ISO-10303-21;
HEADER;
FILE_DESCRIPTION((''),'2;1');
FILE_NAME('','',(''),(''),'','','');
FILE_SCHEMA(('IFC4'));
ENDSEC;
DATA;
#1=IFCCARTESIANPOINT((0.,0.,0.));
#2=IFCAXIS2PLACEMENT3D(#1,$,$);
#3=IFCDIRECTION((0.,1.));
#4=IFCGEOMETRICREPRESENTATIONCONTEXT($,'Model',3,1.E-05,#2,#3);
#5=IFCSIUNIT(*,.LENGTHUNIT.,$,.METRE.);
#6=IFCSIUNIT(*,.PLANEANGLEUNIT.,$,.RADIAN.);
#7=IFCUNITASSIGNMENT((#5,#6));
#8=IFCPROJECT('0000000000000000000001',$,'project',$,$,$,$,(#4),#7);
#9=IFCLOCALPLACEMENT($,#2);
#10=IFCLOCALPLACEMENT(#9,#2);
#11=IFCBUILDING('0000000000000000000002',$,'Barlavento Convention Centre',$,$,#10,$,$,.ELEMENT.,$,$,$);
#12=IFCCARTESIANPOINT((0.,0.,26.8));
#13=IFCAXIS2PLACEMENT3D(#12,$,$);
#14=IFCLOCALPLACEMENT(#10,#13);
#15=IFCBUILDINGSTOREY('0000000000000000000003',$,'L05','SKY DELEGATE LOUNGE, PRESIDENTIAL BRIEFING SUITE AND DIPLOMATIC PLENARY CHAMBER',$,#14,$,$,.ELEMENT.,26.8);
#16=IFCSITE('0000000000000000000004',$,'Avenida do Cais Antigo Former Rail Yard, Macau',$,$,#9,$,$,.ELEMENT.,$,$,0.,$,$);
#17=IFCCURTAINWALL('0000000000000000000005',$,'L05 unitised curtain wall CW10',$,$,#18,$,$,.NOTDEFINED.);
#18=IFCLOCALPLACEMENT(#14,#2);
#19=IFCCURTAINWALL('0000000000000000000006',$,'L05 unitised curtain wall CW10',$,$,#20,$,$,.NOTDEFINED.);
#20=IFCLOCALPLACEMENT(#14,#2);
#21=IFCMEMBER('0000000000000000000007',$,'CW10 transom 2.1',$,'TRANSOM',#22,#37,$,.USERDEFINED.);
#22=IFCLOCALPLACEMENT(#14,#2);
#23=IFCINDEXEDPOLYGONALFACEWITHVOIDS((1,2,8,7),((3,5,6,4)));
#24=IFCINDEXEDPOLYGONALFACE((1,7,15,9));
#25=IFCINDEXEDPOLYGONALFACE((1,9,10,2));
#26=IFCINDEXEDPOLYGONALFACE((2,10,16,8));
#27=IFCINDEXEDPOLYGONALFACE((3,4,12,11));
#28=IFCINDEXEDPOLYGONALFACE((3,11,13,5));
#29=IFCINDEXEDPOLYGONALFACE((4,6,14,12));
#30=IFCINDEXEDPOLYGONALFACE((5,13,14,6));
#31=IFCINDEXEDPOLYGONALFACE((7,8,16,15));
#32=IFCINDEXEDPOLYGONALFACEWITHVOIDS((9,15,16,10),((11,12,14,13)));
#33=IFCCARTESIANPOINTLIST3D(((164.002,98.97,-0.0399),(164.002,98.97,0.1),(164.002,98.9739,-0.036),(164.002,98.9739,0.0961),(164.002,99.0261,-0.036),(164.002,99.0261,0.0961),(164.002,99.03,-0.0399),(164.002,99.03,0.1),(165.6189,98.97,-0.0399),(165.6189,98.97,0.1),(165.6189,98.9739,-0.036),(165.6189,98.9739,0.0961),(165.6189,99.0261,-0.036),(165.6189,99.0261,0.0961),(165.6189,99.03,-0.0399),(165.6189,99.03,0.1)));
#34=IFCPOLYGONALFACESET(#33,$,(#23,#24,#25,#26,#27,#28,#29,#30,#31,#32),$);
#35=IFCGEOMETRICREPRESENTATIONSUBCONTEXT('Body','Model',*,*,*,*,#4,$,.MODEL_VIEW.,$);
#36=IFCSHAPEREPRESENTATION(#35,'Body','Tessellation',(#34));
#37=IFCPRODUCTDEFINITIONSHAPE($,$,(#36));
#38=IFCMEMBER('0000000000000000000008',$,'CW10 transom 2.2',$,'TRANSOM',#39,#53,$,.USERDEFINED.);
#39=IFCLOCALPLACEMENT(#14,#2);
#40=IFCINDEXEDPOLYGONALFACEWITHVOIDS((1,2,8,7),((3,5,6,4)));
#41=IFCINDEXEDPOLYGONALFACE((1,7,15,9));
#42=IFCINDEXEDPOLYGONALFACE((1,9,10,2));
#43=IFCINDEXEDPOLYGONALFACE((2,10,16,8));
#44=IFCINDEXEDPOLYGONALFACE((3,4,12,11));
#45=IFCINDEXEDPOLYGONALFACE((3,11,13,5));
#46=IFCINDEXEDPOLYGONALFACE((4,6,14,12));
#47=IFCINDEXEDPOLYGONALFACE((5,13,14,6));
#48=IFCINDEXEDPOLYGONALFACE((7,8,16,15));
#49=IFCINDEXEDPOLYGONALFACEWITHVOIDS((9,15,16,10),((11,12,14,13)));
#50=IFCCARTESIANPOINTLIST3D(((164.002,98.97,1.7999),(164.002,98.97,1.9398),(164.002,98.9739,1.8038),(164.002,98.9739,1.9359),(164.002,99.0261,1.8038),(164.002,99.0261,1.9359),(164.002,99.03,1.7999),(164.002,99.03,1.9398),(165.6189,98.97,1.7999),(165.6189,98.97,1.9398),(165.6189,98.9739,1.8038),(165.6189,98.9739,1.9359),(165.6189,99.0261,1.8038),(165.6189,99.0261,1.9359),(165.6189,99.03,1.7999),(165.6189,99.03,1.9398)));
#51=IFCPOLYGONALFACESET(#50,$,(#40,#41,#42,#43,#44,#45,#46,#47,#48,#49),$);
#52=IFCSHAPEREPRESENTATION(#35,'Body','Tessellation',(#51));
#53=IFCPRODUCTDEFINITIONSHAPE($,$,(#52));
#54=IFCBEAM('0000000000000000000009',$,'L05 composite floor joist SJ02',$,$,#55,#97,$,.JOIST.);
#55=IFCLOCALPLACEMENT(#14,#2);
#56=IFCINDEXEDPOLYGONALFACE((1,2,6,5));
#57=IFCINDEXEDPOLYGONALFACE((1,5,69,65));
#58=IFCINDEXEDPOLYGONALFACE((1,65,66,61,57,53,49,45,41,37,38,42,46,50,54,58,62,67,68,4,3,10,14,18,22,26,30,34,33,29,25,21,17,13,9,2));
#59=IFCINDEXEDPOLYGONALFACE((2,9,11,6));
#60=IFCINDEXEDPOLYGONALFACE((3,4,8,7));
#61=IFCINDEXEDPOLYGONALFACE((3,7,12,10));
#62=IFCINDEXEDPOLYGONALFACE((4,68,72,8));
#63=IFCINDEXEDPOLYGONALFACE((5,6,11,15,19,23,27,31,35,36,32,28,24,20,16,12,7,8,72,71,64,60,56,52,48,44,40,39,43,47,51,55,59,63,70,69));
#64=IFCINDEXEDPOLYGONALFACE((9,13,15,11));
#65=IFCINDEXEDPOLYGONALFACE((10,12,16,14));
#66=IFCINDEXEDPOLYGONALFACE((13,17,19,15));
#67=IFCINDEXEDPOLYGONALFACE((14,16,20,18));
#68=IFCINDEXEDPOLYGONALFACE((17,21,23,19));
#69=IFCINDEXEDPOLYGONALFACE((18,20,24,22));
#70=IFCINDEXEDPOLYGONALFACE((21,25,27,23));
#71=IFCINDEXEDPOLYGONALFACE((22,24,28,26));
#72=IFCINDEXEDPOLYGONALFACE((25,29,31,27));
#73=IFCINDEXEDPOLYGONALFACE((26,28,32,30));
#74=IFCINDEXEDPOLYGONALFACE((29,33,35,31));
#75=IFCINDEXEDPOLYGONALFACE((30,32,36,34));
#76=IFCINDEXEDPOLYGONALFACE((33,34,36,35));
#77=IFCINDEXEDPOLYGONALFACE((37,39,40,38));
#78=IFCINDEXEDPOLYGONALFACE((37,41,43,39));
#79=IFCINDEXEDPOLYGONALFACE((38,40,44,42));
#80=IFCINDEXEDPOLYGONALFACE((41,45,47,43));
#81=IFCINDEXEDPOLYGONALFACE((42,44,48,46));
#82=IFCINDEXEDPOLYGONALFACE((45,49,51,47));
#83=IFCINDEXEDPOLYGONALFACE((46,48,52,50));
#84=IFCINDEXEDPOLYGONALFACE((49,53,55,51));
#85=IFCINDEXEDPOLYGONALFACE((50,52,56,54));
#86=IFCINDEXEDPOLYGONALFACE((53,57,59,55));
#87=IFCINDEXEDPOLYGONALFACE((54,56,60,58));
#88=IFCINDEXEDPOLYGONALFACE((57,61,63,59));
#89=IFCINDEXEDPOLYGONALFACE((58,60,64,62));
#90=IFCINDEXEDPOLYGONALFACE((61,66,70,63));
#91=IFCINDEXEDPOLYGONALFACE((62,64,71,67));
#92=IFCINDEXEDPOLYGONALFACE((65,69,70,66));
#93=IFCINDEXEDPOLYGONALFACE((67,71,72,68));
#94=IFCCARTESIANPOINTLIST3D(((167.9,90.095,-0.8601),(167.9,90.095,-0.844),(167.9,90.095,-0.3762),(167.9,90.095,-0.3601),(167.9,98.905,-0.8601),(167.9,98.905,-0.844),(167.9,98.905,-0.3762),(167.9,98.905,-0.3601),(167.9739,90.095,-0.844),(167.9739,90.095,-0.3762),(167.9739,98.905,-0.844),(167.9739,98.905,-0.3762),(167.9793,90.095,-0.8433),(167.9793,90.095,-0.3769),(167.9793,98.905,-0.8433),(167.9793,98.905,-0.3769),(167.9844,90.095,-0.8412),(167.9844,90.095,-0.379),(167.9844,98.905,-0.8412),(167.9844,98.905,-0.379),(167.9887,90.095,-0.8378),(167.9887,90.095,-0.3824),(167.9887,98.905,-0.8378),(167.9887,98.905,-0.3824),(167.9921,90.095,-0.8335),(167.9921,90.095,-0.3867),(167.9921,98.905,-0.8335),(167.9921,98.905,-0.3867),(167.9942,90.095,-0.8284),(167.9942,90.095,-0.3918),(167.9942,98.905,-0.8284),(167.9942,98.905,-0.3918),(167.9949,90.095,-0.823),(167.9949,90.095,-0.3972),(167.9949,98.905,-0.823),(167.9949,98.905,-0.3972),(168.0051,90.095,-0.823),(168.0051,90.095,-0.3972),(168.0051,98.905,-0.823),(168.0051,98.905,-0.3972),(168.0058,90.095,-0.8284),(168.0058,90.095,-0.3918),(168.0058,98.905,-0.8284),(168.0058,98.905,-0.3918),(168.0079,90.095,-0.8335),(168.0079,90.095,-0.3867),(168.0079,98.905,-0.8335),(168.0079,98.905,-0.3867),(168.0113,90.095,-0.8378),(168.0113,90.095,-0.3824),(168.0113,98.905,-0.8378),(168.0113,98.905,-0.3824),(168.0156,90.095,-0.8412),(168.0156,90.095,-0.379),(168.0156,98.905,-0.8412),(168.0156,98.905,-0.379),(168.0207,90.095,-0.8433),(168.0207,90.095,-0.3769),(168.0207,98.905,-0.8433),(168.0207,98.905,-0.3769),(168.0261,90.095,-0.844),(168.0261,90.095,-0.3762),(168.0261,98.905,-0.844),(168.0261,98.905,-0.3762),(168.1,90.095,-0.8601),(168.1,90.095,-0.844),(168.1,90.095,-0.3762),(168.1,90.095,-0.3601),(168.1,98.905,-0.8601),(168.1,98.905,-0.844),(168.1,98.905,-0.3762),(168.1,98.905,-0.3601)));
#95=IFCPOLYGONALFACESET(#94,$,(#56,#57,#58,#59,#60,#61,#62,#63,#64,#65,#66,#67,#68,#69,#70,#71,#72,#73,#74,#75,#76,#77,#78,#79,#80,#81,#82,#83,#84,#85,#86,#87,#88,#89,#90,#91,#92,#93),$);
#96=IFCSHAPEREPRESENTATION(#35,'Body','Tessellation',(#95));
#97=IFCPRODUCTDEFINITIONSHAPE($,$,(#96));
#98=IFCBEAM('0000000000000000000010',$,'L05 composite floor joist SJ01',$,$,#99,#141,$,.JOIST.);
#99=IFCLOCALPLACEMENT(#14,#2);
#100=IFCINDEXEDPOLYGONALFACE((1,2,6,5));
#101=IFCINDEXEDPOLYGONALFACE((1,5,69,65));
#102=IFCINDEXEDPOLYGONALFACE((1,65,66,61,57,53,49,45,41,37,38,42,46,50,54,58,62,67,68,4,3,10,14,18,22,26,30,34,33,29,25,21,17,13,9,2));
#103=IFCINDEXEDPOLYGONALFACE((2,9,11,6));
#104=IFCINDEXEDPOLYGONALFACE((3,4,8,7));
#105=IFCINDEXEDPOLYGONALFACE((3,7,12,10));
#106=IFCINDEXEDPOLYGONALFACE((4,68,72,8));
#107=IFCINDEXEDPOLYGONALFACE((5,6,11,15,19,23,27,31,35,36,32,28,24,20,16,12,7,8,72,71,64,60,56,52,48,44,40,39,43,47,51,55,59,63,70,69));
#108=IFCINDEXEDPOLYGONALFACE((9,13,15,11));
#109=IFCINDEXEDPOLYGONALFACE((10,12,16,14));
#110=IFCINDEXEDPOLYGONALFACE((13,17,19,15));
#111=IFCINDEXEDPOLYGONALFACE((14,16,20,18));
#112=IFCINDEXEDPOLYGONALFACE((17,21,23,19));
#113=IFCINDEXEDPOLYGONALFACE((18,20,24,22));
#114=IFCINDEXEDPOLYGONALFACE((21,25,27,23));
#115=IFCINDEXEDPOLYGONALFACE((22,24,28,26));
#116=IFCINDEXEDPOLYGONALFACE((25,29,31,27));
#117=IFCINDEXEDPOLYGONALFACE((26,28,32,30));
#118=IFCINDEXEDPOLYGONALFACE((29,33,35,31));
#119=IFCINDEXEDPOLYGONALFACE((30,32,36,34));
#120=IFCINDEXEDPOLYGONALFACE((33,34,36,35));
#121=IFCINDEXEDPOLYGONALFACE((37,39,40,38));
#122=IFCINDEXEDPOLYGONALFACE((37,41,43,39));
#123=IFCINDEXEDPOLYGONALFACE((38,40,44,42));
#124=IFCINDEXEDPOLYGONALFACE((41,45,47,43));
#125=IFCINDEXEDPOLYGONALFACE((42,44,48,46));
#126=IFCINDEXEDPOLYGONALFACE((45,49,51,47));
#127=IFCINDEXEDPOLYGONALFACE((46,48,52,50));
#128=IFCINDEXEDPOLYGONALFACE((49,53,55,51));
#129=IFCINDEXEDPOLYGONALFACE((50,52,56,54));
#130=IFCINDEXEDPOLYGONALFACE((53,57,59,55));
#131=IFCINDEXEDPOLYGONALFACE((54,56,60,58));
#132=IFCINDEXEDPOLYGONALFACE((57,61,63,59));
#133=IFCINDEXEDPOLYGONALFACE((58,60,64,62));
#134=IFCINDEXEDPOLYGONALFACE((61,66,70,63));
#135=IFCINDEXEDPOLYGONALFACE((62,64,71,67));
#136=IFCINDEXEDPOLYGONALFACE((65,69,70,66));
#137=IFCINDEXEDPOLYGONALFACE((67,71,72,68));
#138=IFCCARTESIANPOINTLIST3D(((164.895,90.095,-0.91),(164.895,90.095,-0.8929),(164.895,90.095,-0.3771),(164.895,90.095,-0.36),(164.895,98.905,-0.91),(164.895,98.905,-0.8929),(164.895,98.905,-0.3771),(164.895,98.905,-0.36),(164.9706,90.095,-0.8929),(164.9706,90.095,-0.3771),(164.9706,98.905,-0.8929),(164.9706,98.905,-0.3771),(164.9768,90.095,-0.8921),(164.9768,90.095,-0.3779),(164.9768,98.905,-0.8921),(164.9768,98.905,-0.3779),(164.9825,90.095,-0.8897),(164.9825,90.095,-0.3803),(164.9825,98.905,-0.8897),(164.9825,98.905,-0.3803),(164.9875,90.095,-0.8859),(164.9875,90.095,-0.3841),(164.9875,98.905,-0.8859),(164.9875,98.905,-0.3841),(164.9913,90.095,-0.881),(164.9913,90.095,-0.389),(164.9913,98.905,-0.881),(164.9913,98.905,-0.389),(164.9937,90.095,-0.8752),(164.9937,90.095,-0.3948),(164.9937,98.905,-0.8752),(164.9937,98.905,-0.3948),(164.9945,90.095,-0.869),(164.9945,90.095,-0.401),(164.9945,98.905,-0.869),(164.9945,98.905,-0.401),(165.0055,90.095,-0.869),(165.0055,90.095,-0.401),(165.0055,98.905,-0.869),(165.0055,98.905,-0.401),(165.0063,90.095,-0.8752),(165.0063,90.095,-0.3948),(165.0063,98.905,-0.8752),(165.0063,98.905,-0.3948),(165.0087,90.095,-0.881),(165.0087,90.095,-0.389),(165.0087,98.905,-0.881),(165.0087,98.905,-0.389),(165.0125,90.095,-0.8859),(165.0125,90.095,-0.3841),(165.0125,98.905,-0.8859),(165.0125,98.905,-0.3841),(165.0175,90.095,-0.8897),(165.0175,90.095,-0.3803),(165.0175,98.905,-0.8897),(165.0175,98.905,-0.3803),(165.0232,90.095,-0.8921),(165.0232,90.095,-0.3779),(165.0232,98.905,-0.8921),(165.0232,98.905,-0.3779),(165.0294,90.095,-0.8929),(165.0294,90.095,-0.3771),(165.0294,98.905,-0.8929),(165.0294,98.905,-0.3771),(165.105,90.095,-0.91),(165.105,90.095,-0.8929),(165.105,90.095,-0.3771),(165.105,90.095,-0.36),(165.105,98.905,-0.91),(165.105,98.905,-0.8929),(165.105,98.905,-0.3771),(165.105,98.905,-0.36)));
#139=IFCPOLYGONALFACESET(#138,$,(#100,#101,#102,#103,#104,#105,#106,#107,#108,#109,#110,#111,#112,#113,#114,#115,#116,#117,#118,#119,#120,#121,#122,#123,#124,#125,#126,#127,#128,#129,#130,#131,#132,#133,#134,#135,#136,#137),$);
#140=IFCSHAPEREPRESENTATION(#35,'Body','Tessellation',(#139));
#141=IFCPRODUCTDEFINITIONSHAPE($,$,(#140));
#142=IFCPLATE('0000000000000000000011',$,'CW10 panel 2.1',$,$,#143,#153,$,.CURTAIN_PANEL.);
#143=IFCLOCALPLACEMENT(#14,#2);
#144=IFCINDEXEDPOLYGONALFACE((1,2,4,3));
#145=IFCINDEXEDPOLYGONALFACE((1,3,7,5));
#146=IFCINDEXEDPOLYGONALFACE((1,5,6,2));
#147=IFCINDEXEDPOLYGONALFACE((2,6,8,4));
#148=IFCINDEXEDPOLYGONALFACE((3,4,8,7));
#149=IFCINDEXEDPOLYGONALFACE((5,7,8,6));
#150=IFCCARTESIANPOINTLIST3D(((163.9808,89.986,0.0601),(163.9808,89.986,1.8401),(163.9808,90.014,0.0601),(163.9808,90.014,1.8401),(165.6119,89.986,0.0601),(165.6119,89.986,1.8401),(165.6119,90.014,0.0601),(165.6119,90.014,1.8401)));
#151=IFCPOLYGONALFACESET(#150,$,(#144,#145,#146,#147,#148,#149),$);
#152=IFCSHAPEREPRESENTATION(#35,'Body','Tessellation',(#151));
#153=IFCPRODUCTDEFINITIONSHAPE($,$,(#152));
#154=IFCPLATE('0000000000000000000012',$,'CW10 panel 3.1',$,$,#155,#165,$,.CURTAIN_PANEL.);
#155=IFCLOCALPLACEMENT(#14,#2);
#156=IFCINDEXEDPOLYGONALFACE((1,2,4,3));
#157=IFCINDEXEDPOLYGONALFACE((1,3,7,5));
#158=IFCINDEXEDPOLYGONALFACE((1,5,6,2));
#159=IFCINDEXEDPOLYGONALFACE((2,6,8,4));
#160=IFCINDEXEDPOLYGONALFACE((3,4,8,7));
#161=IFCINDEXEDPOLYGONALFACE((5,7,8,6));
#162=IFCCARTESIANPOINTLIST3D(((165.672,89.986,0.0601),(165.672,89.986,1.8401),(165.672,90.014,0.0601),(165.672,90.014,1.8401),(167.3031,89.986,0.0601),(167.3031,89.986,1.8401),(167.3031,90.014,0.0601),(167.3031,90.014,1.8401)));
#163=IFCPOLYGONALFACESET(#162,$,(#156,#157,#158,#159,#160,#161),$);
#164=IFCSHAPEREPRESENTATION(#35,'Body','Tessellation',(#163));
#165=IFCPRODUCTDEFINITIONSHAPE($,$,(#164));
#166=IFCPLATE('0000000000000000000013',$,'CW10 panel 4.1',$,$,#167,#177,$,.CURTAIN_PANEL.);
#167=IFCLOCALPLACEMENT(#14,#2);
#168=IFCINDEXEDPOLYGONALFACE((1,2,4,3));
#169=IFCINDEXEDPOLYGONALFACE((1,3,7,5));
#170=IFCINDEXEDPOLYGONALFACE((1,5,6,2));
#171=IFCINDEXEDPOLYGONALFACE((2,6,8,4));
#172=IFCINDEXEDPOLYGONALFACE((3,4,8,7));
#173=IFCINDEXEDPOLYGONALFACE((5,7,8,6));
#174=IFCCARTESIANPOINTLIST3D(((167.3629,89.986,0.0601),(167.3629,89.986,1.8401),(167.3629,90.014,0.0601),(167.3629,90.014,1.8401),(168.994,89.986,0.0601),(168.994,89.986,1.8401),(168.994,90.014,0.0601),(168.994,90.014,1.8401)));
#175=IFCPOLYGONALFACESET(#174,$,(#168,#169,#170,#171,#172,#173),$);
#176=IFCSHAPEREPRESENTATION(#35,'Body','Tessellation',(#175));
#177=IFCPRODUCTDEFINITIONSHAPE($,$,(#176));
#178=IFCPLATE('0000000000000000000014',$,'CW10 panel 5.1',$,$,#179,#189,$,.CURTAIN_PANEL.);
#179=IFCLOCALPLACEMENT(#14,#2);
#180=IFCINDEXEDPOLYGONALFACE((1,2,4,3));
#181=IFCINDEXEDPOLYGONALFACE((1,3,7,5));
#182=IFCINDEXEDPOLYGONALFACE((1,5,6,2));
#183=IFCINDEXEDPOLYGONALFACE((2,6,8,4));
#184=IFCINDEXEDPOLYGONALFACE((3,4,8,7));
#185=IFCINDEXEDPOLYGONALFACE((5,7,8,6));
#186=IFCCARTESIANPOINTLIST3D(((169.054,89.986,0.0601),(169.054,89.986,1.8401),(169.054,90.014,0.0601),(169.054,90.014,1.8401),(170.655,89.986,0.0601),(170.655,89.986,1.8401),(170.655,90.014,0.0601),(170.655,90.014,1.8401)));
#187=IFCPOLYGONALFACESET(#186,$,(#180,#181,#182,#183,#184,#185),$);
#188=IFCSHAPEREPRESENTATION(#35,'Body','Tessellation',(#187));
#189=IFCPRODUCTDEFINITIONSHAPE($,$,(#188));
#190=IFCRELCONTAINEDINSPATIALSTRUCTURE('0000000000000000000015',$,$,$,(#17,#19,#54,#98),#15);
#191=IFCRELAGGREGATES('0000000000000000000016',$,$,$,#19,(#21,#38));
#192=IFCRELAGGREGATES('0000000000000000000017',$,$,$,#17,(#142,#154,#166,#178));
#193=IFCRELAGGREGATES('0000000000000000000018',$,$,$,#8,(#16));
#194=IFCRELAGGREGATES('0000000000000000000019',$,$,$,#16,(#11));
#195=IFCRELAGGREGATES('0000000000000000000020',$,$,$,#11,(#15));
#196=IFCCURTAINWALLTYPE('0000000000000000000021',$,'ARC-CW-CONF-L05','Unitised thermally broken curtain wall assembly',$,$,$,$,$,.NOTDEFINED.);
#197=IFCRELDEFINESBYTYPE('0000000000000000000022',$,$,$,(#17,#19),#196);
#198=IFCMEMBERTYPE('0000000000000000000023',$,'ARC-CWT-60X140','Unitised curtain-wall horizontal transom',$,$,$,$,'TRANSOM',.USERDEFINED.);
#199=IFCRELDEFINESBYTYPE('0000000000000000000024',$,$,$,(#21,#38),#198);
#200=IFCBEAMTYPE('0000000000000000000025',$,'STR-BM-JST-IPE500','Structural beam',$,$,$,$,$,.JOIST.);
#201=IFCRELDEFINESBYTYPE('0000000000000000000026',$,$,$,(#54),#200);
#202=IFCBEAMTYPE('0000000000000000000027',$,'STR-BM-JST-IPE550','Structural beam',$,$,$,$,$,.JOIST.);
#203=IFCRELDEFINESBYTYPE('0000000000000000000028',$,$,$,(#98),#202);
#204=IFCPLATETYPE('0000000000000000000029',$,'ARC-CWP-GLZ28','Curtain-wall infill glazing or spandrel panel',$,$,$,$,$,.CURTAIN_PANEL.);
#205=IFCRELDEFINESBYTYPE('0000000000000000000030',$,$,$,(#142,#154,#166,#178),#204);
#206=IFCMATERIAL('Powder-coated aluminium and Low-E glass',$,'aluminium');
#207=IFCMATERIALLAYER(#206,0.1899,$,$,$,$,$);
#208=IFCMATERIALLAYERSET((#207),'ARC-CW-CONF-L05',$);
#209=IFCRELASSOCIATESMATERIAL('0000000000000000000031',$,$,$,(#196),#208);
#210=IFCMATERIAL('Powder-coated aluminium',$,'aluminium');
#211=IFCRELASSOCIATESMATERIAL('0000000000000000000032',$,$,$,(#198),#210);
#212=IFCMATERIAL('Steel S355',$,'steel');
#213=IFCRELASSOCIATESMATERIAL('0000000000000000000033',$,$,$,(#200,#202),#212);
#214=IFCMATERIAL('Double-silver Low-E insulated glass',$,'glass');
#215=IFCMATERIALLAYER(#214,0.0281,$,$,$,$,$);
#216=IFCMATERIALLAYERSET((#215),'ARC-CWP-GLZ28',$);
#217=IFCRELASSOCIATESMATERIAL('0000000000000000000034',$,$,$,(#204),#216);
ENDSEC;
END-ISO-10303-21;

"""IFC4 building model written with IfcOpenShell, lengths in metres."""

from ifc_helpers import new_model, si_unit, direction, frame, origin, origin_2d, place, context, subcontext, project, spatial, rectangle, hollow_rectangle, i_section, extrude, material, layer, layer_set, material_profile, profile_set, type_object, element, aggregate, save


model = new_model("IFC4")

# Units and contexts
model_context = context("Model", 3, precision=1e-05, world=origin(), true_north=direction((0.0, 1.0)))
body_context = subcontext(model_context, "Body", "Model", "MODEL_VIEW")
ifc_project = project(units=[si_unit("LENGTHUNIT", "METRE"), si_unit("PLANEANGLEUNIT", "RADIAN")], contexts=[model_context])

# Site, building, storey
site_placement = place(None, origin())
site = spatial("IfcSite", under=ifc_project, at=site_placement, Name="Avenida do Cais Antigo Former Rail Yard, Macau", CompositionType="ELEMENT", RefElevation=0.0)
building_placement = place(site_placement, origin())
building = spatial("IfcBuilding", under=site, at=building_placement, Name="Barlavento Convention Centre", CompositionType="ELEMENT")
storey_placement = place(building_placement, frame((0.0, 0.0, 26.8)))
storey = spatial("IfcBuildingStorey", under=building, at=storey_placement, Name="L05", Description="SKY DELEGATE LOUNGE, PRESIDENTIAL BRIEFING SUITE AND DIPLOMATIC PLENARY CHAMBER", CompositionType="ELEMENT", Elevation=26.8)

# Curtain walls, members
ifc_material_1 = material(Name="Powder-coated aluminium and Low-E glass", Category="aluminium")
ifc_layer_1 = layer(ifc_material_1, 0.1899)
ifc_layer_set_1 = layer_set([ifc_layer_1], Name="ARC-CW-CONF-L05")
curtain_wall_type = type_object("IfcCurtainWallType", Name="ARC-CW-CONF-L05", Description="Unitised thermally broken curtain wall assembly", PredefinedType="NOTDEFINED", material=ifc_layer_set_1)
curtain_wall_1_placement = place(storey_placement, origin())
curtain_wall_1 = element("IfcCurtainWall", 1, at=curtain_wall_1_placement, inside=storey, type_object=curtain_wall_type, Name="L05 unitised curtain wall CW10", PredefinedType="NOTDEFINED")
ifc_material_2 = material(Name="Powder-coated aluminium", Category="aluminium")
curtain_wall_2_placement = place(storey_placement, origin())
curtain_wall_2 = element("IfcCurtainWall", 2, at=curtain_wall_2_placement, inside=storey, type_object=curtain_wall_type, Name="L05 unitised curtain wall CW10", PredefinedType="NOTDEFINED")
ifc_material_profile_1 = material_profile(ifc_material_2, hollow_rectangle(XDim=0.0601, YDim=0.1399, WallThickness=0.0039, at=origin_2d()), Name="AL-TRAN 60x140x4")
ifc_profile_set_1 = profile_set([ifc_material_profile_1], Name="Powder-coated aluminium")
member_type_1 = type_object("IfcMemberType", Name="ARC-CWT-60X140", Description="Unitised curtain-wall horizontal transom", ElementType="TRANSOM", PredefinedType="USERDEFINED", material=ifc_profile_set_1)
member_1_placement = place(storey_placement, frame((164.002, 99.0, 0.03), z_axis=(1.0, 0.0, 0.0), x_axis=(0.0, 1.0, 0.0)))
member_1 = element("IfcMember", 3, at=member_1_placement, type_object=member_type_1, Name="CW10 transom 2.1", ObjectType="TRANSOM", PredefinedType="USERDEFINED", context=body_context, shape_type="SweptSolid", body=[
    extrude(hollow_rectangle(XDim=0.0601, YDim=0.1399, WallThickness=0.0039, at=origin_2d()), origin(), (0.0, 0.0, 1.0), 1.6169),
])
member_2_placement = place(storey_placement, frame((164.002, 99.0, 1.8699), z_axis=(1.0, 0.0, 0.0), x_axis=(0.0, 1.0, 0.0)))
member_2 = element("IfcMember", 4, at=member_2_placement, type_object=member_type_1, Name="CW10 transom 2.2", ObjectType="TRANSOM", PredefinedType="USERDEFINED", context=body_context, shape_type="SweptSolid", body=[
    extrude(hollow_rectangle(XDim=0.0601, YDim=0.1399, WallThickness=0.0039, at=origin_2d()), origin(), (0.0, 0.0, 1.0), 1.6169),
])
aggregate(curtain_wall_2, [member_1, member_2])

# Beams
ifc_material_3 = material(Name="Steel S355", Category="steel")
ifc_material_profile_2 = material_profile(ifc_material_3, i_section(OverallWidth=0.2, OverallDepth=0.5, WebThickness=0.0103, FlangeThickness=0.0161, FilletRadius=0.021, at=origin_2d()), Name="IPE 500")
ifc_profile_set_2 = profile_set([ifc_material_profile_2], Name="Steel S355")
beam_type_1 = type_object("IfcBeamType", Name="STR-BM-JST-IPE500", Description="Structural beam", PredefinedType="JOIST", material=ifc_profile_set_2)
beam_1_placement = place(storey_placement, frame((168.0, 90.095, -0.6101), z_axis=(0.0, 1.0, 0.0), x_axis=(-1.0, 0.0, 0.0)))
element("IfcBeam", 5, at=beam_1_placement, inside=storey, type_object=beam_type_1, Name="L05 composite floor joist SJ02", PredefinedType="JOIST", context=body_context, shape_type="SweptSolid", body=[
    extrude(i_section(OverallWidth=0.2, OverallDepth=0.5, WebThickness=0.0103, FlangeThickness=0.0161, FilletRadius=0.021, at=origin_2d()), origin(), (0.0, 0.0, 1.0), 8.8101),
])
ifc_material_profile_3 = material_profile(ifc_material_3, i_section(OverallWidth=0.21, OverallDepth=0.55, WebThickness=0.011, FlangeThickness=0.0171, FilletRadius=0.0239, at=origin_2d()), Name="IPE 550")
ifc_profile_set_3 = profile_set([ifc_material_profile_3], Name="Steel S355")
beam_type_2 = type_object("IfcBeamType", Name="STR-BM-JST-IPE550", Description="Structural beam", PredefinedType="JOIST", material=ifc_profile_set_3)
beam_2_placement = place(storey_placement, frame((165.0, 90.095, -0.635), z_axis=(0.0, 1.0, 0.0), x_axis=(-1.0, 0.0, 0.0)))
element("IfcBeam", 6, at=beam_2_placement, inside=storey, type_object=beam_type_2, Name="L05 composite floor joist SJ01", PredefinedType="JOIST", context=body_context, shape_type="SweptSolid", body=[
    extrude(i_section(OverallWidth=0.21, OverallDepth=0.55, WebThickness=0.011, FlangeThickness=0.0171, FilletRadius=0.0239, at=origin_2d()), origin(), (0.0, 0.0, 1.0), 8.8101),
])

# Plates
ifc_material_4 = material(Name="Double-silver Low-E insulated glass", Category="glass")
ifc_layer_2 = layer(ifc_material_4, 0.0281)
ifc_layer_set_2 = layer_set([ifc_layer_2], Name="ARC-CWP-GLZ28")
plate_type = type_object("IfcPlateType", Name="ARC-CWP-GLZ28", Description="Curtain-wall infill glazing or spandrel panel", PredefinedType="CURTAIN_PANEL", material=ifc_layer_set_2)
plate_1_placement = place(storey_placement, frame((164.7964, 90.0, 0.0601), z_axis=(0.0, 0.0, 1.0), x_axis=(1.0, 0.0, 0.0)))
plate_1 = element("IfcPlate", 7, at=plate_1_placement, type_object=plate_type, Name="CW10 panel 2.1", PredefinedType="CURTAIN_PANEL", context=body_context, shape_type="SweptSolid", body=[
    extrude(rectangle(XDim=1.6311, YDim=0.0281, at=origin_2d()), origin(), (0.0, 0.0, 1.0), 1.78),
])
plate_2_placement = place(storey_placement, frame((166.4875, 90.0, 0.0601), z_axis=(0.0, 0.0, 1.0), x_axis=(1.0, 0.0, 0.0)))
plate_2 = element("IfcPlate", 8, at=plate_2_placement, type_object=plate_type, Name="CW10 panel 3.1", PredefinedType="CURTAIN_PANEL", context=body_context, shape_type="SweptSolid", body=[
    extrude(rectangle(XDim=1.6311, YDim=0.0281, at=origin_2d()), origin(), (0.0, 0.0, 1.0), 1.78),
])
plate_3_placement = place(storey_placement, frame((168.1785, 90.0, 0.0601), z_axis=(0.0, 0.0, 1.0), x_axis=(1.0, 0.0, 0.0)))
plate_3 = element("IfcPlate", 9, at=plate_3_placement, type_object=plate_type, Name="CW10 panel 4.1", PredefinedType="CURTAIN_PANEL", context=body_context, shape_type="SweptSolid", body=[
    extrude(rectangle(XDim=1.6311, YDim=0.0281, at=origin_2d()), origin(), (0.0, 0.0, 1.0), 1.78),
])
plate_4_placement = place(storey_placement, frame((169.8545, 90.0, 0.0601), z_axis=(0.0, 0.0, 1.0), x_axis=(1.0, 0.0, 0.0)))
plate_4 = element("IfcPlate", 10, at=plate_4_placement, type_object=plate_type, Name="CW10 panel 5.1", PredefinedType="CURTAIN_PANEL", context=body_context, shape_type="SweptSolid", body=[
    extrude(rectangle(XDim=1.6011, YDim=0.0281, at=origin_2d()), origin(), (0.0, 0.0, 1.0), 1.78),
])
aggregate(curtain_wall_1, [plate_1, plate_2, plate_3, plate_4])

save(model, "model.ifc")
